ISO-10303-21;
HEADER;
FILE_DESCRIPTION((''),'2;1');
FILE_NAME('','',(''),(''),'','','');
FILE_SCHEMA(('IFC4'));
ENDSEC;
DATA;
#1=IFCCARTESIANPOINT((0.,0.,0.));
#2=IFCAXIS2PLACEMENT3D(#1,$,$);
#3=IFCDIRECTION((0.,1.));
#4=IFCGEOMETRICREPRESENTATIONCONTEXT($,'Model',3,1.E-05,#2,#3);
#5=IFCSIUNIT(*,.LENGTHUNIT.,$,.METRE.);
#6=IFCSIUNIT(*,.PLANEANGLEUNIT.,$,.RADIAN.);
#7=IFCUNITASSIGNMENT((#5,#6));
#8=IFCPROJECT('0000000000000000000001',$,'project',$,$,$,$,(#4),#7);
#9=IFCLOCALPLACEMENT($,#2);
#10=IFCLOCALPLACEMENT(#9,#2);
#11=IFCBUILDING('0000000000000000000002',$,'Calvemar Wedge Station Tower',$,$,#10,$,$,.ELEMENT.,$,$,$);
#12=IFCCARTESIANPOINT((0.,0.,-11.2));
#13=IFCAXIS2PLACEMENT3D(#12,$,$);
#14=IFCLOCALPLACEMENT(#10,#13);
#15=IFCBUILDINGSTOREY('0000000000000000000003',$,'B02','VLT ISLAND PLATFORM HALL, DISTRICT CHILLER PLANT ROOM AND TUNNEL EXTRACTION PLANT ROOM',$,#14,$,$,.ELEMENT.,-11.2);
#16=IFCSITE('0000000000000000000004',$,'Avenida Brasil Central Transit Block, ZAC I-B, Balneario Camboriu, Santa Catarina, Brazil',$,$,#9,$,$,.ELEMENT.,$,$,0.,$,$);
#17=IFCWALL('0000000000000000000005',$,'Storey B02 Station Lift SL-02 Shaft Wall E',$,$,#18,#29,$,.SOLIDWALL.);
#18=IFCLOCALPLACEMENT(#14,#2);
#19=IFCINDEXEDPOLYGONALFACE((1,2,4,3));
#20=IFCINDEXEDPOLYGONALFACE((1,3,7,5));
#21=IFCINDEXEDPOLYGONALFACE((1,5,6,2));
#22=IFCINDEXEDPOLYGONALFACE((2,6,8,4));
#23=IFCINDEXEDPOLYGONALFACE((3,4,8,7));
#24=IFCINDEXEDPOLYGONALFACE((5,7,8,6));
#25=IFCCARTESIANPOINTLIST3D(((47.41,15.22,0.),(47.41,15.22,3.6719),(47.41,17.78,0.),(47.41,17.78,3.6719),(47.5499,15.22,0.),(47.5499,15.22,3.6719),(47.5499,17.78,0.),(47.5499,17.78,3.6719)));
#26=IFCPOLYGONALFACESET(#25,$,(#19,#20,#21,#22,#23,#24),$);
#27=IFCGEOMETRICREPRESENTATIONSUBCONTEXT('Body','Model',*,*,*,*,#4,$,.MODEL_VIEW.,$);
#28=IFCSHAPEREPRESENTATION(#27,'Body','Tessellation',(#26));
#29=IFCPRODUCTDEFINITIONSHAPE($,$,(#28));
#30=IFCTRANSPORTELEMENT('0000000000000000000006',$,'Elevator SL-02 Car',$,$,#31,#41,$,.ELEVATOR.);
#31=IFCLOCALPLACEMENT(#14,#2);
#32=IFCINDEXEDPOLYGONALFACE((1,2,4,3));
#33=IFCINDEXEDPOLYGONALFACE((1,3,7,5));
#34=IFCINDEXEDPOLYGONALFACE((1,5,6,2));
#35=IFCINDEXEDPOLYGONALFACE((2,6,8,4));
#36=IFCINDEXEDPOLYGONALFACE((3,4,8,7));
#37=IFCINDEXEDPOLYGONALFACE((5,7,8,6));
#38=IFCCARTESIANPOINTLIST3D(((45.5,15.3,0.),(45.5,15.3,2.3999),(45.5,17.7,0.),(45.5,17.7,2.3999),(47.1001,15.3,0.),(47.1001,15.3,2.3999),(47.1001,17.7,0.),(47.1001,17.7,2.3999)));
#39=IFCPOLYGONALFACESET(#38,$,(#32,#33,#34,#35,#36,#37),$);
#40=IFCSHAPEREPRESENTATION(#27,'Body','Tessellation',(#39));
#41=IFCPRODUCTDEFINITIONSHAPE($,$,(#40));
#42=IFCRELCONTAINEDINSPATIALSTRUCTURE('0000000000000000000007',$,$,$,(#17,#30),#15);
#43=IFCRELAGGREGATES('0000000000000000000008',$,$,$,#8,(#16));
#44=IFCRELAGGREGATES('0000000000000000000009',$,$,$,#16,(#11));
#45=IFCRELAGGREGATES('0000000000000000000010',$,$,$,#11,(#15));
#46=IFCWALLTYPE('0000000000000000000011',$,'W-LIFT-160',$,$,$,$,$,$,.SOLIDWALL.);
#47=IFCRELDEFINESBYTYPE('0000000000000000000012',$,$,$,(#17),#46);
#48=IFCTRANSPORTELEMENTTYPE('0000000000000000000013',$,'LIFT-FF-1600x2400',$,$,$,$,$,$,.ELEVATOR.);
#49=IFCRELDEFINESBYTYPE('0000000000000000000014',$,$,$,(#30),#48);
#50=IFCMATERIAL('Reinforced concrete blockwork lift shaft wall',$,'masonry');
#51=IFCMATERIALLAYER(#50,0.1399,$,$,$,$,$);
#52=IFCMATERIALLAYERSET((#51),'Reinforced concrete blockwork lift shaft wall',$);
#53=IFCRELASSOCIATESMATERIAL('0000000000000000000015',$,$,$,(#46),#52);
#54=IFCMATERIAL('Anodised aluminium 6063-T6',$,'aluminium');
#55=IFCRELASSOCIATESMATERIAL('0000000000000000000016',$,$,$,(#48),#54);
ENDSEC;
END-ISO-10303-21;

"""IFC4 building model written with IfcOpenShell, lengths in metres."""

from ifc_helpers import new_model, si_unit, direction, frame, frame_2d, origin, origin_2d, place, context, subcontext, project, spatial, rectangle, extrude, source, transform, mapped, material, layer, layer_set, type_object, element, save


model = new_model("IFC4")

# Units and contexts
model_context = context("Model", 3, precision=1e-05, world=origin(), true_north=direction((0.0, 1.0)))
body_context = subcontext(model_context, "Body", "Model", "MODEL_VIEW")
ifc_project = project(units=[si_unit("LENGTHUNIT", "METRE"), si_unit("PLANEANGLEUNIT", "RADIAN")], contexts=[model_context])

# Site, building, storey
site_placement = place(None, origin())
site = spatial("IfcSite", under=ifc_project, at=site_placement, Name="Avenida Brasil Central Transit Block, ZAC I-B, Balneario Camboriu, Santa Catarina, Brazil", CompositionType="ELEMENT", RefElevation=0.0)
building_placement = place(site_placement, origin())
building = spatial("IfcBuilding", under=site, at=building_placement, Name="Calvemar Wedge Station Tower", CompositionType="ELEMENT")
storey_placement = place(building_placement, frame((0.0, 0.0, -11.2)))
storey = spatial("IfcBuildingStorey", under=building, at=storey_placement, Name="B02", Description="VLT ISLAND PLATFORM HALL, DISTRICT CHILLER PLANT ROOM AND TUNNEL EXTRACTION PLANT ROOM", CompositionType="ELEMENT", Elevation=-11.2)

# Wall
ifc_material_1 = material(Name="Reinforced concrete blockwork lift shaft wall", Category="masonry")
ifc_layer = layer(ifc_material_1, 0.1399)
ifc_layer_set = layer_set([ifc_layer], Name="Reinforced concrete blockwork lift shaft wall")
wall_type = type_object("IfcWallType", Name="W-LIFT-160", PredefinedType="SOLIDWALL", material=ifc_layer_set)
wall_1_placement = place(storey_placement, frame((47.48, 15.22, 0.0), z_axis=(0.0, 0.0, 1.0), x_axis=(0.0, 1.0, 0.0)))
element("IfcWall", 1, at=wall_1_placement, inside=storey, type_object=wall_type, Name="Storey B02 Station Lift SL-02 Shaft Wall E", PredefinedType="SOLIDWALL", context=body_context, shape_type="SweptSolid", body=[
    extrude(rectangle(XDim=2.5601, YDim=0.1399, at=frame_2d((1.28, 0.0))), origin(), (0.0, 0.0, 1.0), 3.6719),
])

# Transport element
ifc_material_2 = material(Name="Anodised aluminium 6063-T6", Category="aluminium")
transport_element_type = type_object("IfcTransportElementType", Name="LIFT-FF-1600x2400", PredefinedType="ELEVATOR", material=ifc_material_2)
shared_shape_1 = source(origin(), body_context, "Body", "SweptSolid", [
    extrude(rectangle(XDim=1.6001, YDim=2.3999, at=origin_2d()), origin(), (0.0, 0.0, 1.0), 2.3999),
])
transport_element_placement = place(storey_placement, frame((46.3, 16.5, 0.0), z_axis=(0.0, 0.0, 1.0), x_axis=(1.0, 0.0, 0.0)))
element("IfcTransportElement", 2, at=transport_element_placement, inside=storey, type_object=transport_element_type, Name="Elevator SL-02 Car", PredefinedType="ELEVATOR", context=body_context, shape_type="MappedRepresentation", body=[
    mapped(shared_shape_1, transform((0.0, 0.0, 0.0), scale=1.0)),
])

save(model, "model.ifc")
